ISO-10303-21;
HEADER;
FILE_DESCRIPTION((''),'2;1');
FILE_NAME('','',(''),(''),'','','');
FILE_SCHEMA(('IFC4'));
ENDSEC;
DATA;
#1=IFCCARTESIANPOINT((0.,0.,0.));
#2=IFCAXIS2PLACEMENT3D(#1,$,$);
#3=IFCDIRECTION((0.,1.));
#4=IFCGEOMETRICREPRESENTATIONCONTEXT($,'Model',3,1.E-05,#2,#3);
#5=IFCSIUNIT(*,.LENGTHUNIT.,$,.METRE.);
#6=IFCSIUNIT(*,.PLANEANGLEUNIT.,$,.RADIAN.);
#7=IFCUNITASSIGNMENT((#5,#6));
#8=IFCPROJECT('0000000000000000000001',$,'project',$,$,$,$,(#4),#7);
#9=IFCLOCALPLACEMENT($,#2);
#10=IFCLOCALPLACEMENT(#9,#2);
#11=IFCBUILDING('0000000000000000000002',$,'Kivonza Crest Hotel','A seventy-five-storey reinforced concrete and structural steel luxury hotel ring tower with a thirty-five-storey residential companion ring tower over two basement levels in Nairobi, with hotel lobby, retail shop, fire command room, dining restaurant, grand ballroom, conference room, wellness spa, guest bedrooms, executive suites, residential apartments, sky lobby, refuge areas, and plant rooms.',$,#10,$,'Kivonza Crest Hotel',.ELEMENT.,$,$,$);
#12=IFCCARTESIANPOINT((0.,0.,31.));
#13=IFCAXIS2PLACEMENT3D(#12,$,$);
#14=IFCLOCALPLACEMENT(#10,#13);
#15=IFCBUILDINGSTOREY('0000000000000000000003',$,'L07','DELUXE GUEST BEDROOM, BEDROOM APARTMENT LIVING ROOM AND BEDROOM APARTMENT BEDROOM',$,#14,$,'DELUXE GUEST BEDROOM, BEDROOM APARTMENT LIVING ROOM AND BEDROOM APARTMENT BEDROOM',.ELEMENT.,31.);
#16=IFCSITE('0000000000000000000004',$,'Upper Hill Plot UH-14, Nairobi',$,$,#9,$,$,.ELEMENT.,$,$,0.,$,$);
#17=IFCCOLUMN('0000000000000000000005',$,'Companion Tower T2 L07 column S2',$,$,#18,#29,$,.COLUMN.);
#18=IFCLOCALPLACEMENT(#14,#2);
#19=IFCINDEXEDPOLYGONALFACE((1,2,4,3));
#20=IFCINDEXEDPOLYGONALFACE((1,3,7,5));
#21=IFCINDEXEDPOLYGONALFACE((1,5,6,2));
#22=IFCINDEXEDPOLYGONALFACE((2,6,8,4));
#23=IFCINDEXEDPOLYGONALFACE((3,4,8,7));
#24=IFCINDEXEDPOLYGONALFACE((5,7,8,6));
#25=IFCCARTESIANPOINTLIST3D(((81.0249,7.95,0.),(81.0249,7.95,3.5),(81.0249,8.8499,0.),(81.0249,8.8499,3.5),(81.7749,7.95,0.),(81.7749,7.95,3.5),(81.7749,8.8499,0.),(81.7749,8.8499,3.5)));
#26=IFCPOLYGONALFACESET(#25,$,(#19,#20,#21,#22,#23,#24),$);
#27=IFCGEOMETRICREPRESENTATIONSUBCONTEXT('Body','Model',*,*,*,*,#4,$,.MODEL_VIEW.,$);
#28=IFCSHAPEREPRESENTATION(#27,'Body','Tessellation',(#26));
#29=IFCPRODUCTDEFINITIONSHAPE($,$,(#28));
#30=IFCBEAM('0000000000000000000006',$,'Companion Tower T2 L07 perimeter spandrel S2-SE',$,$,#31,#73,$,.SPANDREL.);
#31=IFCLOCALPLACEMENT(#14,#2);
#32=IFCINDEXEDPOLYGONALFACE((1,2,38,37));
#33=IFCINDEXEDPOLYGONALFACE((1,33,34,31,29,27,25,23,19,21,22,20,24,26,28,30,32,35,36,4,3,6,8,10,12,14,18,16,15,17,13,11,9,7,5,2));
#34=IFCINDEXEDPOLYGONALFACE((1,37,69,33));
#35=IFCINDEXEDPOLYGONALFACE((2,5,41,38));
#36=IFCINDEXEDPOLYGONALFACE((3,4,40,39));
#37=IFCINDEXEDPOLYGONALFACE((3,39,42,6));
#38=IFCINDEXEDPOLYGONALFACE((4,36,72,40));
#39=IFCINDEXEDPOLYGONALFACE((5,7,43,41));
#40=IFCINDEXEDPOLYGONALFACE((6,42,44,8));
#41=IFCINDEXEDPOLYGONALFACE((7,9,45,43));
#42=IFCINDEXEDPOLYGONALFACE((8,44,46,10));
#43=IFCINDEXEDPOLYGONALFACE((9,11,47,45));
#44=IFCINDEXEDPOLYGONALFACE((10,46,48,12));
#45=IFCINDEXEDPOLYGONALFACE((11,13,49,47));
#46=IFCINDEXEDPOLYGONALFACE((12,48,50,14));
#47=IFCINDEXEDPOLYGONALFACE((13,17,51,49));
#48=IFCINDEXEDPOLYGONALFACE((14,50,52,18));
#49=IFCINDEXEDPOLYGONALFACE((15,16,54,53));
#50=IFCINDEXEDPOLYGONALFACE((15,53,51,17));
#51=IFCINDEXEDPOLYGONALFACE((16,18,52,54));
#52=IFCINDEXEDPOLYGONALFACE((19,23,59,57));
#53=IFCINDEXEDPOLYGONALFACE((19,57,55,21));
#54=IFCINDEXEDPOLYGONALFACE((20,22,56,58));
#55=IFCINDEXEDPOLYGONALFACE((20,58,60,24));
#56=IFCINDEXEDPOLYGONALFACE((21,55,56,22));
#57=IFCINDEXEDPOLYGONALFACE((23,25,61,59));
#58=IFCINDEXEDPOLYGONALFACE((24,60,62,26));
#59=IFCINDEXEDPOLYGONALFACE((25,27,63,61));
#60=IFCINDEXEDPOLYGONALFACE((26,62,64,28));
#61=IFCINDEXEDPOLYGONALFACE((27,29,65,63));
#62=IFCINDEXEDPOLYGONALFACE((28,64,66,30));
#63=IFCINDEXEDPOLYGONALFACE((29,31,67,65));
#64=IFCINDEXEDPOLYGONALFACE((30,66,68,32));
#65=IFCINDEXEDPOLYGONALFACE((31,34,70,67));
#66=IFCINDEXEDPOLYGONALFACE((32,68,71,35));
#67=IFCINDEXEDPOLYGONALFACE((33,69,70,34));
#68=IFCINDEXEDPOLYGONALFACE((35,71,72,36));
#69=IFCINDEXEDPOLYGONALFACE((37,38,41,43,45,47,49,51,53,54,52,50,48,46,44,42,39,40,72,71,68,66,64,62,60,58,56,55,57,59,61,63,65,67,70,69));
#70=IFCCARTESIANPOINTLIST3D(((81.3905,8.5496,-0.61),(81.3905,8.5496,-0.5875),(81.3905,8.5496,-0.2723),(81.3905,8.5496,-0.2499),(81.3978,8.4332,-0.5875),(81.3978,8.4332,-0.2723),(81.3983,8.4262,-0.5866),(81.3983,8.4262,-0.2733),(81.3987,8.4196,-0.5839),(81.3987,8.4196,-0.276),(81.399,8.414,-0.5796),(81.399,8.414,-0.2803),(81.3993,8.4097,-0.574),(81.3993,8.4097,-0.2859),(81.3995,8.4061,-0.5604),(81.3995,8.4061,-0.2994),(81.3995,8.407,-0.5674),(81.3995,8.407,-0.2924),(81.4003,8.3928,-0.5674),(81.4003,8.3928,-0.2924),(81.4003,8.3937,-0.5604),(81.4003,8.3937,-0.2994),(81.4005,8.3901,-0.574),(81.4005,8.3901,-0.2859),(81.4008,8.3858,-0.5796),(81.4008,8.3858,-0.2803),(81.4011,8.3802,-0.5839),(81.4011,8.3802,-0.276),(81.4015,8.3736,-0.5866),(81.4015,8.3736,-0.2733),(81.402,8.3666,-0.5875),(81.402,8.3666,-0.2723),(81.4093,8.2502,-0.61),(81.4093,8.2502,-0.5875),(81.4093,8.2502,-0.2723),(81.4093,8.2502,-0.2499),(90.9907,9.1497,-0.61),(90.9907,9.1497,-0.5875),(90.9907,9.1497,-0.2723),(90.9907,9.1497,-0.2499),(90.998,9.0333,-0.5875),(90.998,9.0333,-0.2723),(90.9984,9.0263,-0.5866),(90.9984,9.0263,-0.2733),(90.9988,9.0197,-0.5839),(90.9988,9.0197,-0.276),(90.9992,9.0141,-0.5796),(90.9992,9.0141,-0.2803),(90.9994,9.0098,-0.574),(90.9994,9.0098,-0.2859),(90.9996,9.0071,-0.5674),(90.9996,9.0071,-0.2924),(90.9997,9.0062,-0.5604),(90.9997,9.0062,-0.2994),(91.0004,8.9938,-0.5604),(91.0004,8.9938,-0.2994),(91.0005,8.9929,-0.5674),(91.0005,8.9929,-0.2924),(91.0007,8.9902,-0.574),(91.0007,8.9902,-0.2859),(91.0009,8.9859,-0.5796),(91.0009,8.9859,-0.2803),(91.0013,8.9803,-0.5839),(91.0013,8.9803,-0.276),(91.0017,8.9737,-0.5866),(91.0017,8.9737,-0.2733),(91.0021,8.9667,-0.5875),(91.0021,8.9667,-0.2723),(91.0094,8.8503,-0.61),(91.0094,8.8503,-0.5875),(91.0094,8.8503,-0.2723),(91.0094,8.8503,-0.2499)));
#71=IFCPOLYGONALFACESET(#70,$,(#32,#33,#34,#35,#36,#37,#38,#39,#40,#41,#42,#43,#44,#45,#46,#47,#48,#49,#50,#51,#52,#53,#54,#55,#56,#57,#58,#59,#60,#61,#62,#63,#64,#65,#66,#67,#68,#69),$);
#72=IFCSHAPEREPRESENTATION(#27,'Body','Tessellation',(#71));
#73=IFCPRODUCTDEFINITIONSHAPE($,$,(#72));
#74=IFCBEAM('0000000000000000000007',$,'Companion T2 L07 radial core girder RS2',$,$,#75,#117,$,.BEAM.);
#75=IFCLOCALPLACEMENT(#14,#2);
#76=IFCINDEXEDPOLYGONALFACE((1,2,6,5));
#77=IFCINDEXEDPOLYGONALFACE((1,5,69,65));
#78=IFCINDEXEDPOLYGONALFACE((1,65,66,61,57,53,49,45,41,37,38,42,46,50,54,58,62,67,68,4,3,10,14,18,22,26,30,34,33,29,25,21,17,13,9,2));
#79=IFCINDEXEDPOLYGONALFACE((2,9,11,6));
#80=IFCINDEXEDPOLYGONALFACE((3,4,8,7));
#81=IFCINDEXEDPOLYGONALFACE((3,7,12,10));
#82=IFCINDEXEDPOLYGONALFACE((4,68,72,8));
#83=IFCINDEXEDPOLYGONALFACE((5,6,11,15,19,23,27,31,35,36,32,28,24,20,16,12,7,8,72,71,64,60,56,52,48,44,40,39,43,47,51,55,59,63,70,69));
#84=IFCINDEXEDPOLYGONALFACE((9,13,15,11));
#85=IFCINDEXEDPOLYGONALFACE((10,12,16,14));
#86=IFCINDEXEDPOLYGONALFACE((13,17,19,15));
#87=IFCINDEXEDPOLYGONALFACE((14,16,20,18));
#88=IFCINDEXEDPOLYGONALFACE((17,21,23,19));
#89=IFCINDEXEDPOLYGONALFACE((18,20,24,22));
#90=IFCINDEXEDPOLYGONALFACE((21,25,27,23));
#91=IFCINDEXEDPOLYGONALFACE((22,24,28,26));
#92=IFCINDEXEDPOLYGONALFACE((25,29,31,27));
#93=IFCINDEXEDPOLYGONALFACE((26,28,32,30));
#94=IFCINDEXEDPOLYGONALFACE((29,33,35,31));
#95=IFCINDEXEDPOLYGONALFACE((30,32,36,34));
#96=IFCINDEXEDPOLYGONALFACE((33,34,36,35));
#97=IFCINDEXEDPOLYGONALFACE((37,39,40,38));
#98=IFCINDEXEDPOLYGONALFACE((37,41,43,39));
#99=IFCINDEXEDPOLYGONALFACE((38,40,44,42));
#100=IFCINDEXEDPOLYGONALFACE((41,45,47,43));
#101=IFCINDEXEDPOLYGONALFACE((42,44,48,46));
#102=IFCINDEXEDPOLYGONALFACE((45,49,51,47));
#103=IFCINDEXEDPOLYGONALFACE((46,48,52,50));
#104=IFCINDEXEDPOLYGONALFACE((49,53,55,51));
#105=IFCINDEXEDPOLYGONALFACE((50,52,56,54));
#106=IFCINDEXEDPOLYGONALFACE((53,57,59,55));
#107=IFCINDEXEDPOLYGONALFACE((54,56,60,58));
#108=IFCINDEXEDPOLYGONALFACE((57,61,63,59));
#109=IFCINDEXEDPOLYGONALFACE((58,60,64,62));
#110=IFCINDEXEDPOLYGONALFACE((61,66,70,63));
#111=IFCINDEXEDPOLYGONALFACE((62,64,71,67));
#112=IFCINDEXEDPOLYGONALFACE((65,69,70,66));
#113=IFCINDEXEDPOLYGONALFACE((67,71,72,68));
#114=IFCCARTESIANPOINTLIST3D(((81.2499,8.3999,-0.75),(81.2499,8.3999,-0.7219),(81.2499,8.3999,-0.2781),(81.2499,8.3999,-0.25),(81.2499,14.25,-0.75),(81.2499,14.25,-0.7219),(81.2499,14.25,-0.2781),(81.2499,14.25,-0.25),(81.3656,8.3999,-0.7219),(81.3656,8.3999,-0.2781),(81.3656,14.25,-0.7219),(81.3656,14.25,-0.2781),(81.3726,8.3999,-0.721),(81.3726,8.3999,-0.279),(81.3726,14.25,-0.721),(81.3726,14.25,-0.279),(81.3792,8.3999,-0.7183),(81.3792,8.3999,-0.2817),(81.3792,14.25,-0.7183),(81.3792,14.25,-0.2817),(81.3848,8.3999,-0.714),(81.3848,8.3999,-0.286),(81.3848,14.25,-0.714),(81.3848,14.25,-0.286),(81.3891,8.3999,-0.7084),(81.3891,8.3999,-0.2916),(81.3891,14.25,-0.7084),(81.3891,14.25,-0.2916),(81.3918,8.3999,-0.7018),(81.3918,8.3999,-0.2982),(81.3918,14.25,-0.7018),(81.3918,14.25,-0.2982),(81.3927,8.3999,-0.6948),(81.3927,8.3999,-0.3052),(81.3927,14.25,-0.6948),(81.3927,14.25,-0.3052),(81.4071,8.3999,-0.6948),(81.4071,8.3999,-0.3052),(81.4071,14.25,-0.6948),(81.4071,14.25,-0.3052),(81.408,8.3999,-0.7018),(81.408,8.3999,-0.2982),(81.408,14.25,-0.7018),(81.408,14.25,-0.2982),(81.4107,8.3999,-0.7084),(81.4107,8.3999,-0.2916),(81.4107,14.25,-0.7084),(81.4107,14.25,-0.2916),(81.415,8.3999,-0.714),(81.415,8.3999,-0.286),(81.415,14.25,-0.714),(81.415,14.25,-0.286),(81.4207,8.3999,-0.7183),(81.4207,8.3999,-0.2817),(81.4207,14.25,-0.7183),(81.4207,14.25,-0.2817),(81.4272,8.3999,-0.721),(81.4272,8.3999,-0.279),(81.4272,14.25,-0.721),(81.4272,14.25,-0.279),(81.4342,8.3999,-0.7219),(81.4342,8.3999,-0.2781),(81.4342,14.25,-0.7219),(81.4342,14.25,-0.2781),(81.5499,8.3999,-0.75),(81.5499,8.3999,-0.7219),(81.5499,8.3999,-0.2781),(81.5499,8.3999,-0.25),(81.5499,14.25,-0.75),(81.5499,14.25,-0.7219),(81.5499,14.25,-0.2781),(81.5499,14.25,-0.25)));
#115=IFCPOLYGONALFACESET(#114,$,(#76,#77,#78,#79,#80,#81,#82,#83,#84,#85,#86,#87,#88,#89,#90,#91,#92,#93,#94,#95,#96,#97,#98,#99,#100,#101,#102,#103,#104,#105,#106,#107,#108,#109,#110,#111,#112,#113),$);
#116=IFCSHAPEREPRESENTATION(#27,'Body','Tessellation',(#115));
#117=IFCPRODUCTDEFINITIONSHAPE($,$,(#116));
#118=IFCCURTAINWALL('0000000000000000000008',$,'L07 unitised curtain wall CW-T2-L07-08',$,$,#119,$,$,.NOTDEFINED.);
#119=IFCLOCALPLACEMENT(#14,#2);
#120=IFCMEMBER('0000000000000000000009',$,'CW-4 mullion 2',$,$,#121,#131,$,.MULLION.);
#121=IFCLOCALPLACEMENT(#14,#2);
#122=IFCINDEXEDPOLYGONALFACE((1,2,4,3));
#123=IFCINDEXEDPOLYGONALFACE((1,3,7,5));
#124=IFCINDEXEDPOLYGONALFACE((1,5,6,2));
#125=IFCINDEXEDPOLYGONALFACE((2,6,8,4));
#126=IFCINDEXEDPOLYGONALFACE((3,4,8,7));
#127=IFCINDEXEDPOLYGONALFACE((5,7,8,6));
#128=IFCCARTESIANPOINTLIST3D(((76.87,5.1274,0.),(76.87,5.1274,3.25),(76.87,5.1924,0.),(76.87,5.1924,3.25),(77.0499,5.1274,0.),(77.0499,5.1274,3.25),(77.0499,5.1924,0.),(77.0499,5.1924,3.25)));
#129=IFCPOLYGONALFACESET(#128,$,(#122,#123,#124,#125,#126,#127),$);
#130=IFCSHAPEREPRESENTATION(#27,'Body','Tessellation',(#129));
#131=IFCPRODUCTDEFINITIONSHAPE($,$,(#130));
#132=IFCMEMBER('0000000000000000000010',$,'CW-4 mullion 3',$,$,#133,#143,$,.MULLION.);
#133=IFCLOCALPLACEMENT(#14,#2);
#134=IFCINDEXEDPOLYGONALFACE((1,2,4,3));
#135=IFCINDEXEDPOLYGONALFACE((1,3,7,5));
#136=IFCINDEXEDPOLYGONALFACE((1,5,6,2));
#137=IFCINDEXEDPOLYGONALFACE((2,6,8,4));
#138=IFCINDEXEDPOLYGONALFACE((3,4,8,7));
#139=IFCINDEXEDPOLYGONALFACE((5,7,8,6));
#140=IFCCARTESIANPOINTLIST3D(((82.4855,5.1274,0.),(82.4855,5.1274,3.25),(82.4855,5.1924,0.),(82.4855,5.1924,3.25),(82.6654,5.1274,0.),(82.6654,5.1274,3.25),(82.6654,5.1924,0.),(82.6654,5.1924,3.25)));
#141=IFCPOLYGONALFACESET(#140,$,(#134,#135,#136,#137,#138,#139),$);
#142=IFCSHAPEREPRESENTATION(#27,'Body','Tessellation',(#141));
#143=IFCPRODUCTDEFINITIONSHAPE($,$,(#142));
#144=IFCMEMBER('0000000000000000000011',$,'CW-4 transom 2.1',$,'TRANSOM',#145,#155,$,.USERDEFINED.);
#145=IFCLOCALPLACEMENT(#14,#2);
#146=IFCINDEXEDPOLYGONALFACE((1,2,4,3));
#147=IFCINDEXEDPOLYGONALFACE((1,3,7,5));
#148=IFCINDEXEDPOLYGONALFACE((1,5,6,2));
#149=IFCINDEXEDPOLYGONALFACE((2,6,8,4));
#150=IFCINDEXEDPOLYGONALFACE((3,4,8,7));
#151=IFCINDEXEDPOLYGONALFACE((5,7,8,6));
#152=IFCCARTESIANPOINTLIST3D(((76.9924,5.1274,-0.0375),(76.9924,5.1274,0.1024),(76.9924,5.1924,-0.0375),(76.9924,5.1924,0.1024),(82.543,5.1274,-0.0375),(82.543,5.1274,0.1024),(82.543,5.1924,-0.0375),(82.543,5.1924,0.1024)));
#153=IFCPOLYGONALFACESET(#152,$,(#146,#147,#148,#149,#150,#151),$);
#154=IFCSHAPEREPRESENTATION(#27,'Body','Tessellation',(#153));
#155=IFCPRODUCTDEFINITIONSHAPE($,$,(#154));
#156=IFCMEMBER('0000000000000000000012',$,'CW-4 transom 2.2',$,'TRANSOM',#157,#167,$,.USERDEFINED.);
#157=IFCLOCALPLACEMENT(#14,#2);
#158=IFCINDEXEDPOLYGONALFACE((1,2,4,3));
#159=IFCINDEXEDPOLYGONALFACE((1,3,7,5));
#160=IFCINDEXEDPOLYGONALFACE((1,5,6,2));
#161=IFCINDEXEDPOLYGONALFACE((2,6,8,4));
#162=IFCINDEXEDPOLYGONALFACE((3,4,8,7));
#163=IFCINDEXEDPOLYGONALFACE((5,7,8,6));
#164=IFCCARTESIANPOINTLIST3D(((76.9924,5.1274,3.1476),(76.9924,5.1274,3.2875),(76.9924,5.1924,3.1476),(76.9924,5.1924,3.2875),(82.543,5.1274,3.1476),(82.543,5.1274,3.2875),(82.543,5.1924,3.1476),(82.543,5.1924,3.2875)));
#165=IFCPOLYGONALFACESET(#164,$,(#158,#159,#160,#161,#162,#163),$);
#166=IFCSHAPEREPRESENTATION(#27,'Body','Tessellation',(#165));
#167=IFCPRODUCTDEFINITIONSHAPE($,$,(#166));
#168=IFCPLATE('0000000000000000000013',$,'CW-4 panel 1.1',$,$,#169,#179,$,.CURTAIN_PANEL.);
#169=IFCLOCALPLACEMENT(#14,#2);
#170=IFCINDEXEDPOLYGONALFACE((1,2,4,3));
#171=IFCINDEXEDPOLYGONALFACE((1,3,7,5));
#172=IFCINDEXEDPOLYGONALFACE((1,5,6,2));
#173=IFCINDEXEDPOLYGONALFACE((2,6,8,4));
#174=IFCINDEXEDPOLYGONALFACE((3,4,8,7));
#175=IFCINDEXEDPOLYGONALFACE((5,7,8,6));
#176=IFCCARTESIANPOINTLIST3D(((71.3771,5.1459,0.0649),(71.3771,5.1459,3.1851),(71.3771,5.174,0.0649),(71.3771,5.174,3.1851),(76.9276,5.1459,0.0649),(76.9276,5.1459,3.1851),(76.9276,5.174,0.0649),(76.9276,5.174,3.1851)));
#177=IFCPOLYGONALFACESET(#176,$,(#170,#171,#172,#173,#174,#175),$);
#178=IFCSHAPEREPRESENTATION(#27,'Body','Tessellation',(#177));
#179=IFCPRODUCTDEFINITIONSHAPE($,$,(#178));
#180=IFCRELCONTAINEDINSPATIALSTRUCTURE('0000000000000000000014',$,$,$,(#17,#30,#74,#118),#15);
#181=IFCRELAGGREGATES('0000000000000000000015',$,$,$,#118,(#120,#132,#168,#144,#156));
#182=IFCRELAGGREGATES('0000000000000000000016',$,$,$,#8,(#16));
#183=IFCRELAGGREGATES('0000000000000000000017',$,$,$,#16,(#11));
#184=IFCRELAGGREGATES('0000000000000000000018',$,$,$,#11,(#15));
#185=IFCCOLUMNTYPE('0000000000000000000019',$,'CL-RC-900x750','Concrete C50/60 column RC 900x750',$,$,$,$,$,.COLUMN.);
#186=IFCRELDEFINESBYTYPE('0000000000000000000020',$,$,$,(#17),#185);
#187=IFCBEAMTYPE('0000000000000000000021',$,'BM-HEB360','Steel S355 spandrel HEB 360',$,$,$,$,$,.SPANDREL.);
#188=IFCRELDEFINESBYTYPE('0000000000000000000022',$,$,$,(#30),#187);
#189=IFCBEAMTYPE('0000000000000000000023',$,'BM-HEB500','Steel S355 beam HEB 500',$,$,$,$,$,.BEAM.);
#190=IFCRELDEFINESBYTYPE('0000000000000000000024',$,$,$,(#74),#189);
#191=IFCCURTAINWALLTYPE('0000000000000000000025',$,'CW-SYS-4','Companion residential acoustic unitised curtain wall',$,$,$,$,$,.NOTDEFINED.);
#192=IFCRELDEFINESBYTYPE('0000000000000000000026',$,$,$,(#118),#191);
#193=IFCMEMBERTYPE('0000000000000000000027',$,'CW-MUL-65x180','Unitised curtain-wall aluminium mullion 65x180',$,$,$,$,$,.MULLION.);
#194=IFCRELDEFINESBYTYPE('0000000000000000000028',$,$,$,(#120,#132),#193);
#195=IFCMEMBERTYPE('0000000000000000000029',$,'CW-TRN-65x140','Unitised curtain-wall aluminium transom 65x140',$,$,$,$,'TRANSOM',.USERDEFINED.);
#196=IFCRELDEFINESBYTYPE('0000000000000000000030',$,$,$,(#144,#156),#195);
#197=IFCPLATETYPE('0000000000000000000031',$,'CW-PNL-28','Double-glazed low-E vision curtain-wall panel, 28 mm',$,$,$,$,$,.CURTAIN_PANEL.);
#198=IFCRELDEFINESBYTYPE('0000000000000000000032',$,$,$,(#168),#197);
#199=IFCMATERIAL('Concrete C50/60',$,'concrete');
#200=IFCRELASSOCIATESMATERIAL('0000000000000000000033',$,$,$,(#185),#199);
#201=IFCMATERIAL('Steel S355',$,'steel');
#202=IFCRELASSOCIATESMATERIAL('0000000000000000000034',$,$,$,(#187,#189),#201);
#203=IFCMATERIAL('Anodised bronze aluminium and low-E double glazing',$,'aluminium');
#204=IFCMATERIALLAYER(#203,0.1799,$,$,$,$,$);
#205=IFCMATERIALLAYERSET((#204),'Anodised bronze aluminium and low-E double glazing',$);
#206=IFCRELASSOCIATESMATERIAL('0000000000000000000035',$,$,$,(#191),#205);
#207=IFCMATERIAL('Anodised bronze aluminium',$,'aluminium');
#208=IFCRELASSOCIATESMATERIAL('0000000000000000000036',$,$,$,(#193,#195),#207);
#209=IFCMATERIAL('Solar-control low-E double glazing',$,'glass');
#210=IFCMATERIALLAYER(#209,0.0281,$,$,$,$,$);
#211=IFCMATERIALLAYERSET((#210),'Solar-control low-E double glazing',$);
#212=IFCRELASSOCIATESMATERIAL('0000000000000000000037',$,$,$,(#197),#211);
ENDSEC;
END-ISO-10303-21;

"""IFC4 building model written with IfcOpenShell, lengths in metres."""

from ifc_helpers import new_model, si_unit, direction, frame, origin, origin_2d, place, context, subcontext, project, spatial, rectangle, i_section, extrude, material, layer, layer_set, material_profile, profile_set, type_object, element, aggregate, save


model = new_model("IFC4")

# Units and contexts
model_context = context("Model", 3, precision=1e-05, world=origin(), true_north=direction((0.0, 1.0)))
body_context = subcontext(model_context, "Body", "Model", "MODEL_VIEW")
ifc_project = project(units=[si_unit("LENGTHUNIT", "METRE"), si_unit("PLANEANGLEUNIT", "RADIAN")], contexts=[model_context])

# Site, building, storey
site_placement = place(None, origin())
site = spatial("IfcSite", under=ifc_project, at=site_placement, Name="Upper Hill Plot UH-14, Nairobi", CompositionType="ELEMENT", RefElevation=0.0)
building_placement = place(site_placement, origin())
building = spatial("IfcBuilding", under=site, at=building_placement, Name="Kivonza Crest Hotel", Description="A seventy-five-storey reinforced concrete and structural steel luxury hotel ring tower with a thirty-five-storey residential companion ring tower over two basement levels in Nairobi, with hotel lobby, retail shop, fire command room, dining restaurant, grand ballroom, conference room, wellness spa, guest bedrooms, executive suites, residential apartments, sky lobby, refuge areas, and plant rooms.", LongName="Kivonza Crest Hotel", CompositionType="ELEMENT")
storey_placement = place(building_placement, frame((0.0, 0.0, 31.0)))
storey = spatial("IfcBuildingStorey", under=building, at=storey_placement, Name="L07", Description="DELUXE GUEST BEDROOM, BEDROOM APARTMENT LIVING ROOM AND BEDROOM APARTMENT BEDROOM", LongName="DELUXE GUEST BEDROOM, BEDROOM APARTMENT LIVING ROOM AND BEDROOM APARTMENT BEDROOM", CompositionType="ELEMENT", Elevation=31.0)

# Column
ifc_material_1 = material(Name="Concrete C50/60", Category="concrete")
ifc_material_profile_1 = material_profile(ifc_material_1, rectangle(XDim=0.75, YDim=0.8999, at=origin_2d()), Name="RC 900x750")
ifc_profile_set_1 = profile_set([ifc_material_profile_1], Name="Concrete C50/60")
column_type = type_object("IfcColumnType", Name="CL-RC-900x750", Description="Concrete C50/60 column RC 900x750", PredefinedType="COLUMN", material=ifc_profile_set_1)
column_placement = place(storey_placement, frame((81.3999, 8.3999, 0.0), z_axis=(0.0, 0.0, 1.0), x_axis=(1.0, 0.0, 0.0)))
element("IfcColumn", 1, at=column_placement, inside=storey, type_object=column_type, Name="Companion Tower T2 L07 column S2", PredefinedType="COLUMN", context=body_context, shape_type="SweptSolid", body=[
    extrude(rectangle(XDim=0.75, YDim=0.8999, at=origin_2d()), origin(), (0.0, 0.0, 1.0), 3.5),
])

# Beams
ifc_material_2 = material(Name="Steel S355", Category="steel")
ifc_material_profile_2 = material_profile(ifc_material_2, i_section(OverallWidth=0.3, OverallDepth=0.3601, WebThickness=0.0125, FlangeThickness=0.0225, FilletRadius=0.0271, at=origin_2d()), Name="HEB 360")
ifc_profile_set_2 = profile_set([ifc_material_profile_2], Name="Steel S355")
beam_type_1 = type_object("IfcBeamType", Name="BM-HEB360", Description="Steel S355 spandrel HEB 360", PredefinedType="SPANDREL", material=ifc_profile_set_2)
beam_1_placement = place(storey_placement, frame((81.3999, 8.3999, -0.4299), z_axis=(0.998052, 0.062388, 0.0), x_axis=(-0.062388, 0.998052, 0.0)))
element("IfcBeam", 2, at=beam_1_placement, inside=storey, type_object=beam_type_1, Name="Companion Tower T2 L07 perimeter spandrel S2-SE", PredefinedType="SPANDREL", context=body_context, shape_type="SweptSolid", body=[
    extrude(i_section(OverallWidth=0.3, OverallDepth=0.3601, WebThickness=0.0125, FlangeThickness=0.0225, FilletRadius=0.0271, at=origin_2d()), origin(), (0.0, 0.0, 1.0), 9.6189),
])
ifc_material_profile_3 = material_profile(ifc_material_2, i_section(OverallWidth=0.3, OverallDepth=0.5, WebThickness=0.0144, FlangeThickness=0.0281, FilletRadius=0.0271, at=origin_2d()), Name="HEB 500")
ifc_profile_set_3 = profile_set([ifc_material_profile_3], Name="Steel S355")
beam_type_2 = type_object("IfcBeamType", Name="BM-HEB500", Description="Steel S355 beam HEB 500", PredefinedType="BEAM", material=ifc_profile_set_3)
beam_2_placement = place(storey_placement, frame((81.3999, 8.3999, -0.5), z_axis=(0.0, 1.0, 0.0), x_axis=(-1.0, 0.0, 0.0)))
element("IfcBeam", 3, at=beam_2_placement, inside=storey, type_object=beam_type_2, Name="Companion T2 L07 radial core girder RS2", PredefinedType="BEAM", context=body_context, shape_type="SweptSolid", body=[
    extrude(i_section(OverallWidth=0.3, OverallDepth=0.5, WebThickness=0.0144, FlangeThickness=0.0281, FilletRadius=0.0271, at=origin_2d()), origin(), (0.0, 0.0, 1.0), 5.8501),
])

# Curtain wall, members, plate
ifc_material_3 = material(Name="Anodised bronze aluminium and low-E double glazing", Category="aluminium")
ifc_layer_1 = layer(ifc_material_3, 0.1799)
ifc_layer_set_1 = layer_set([ifc_layer_1], Name="Anodised bronze aluminium and low-E double glazing")
curtain_wall_type = type_object("IfcCurtainWallType", Name="CW-SYS-4", Description="Companion residential acoustic unitised curtain wall", PredefinedType="NOTDEFINED", material=ifc_layer_set_1)
curtain_wall_placement = place(storey_placement, origin())
curtain_wall = element("IfcCurtainWall", 4, at=curtain_wall_placement, inside=storey, type_object=curtain_wall_type, Name="L07 unitised curtain wall CW-T2-L07-08", PredefinedType="NOTDEFINED")
ifc_material_4 = material(Name="Anodised bronze aluminium", Category="aluminium")
ifc_material_profile_4 = material_profile(ifc_material_4, rectangle(XDim=0.0649, YDim=0.1799, at=origin_2d()), Name="CW-M 65x180")
ifc_profile_set_4 = profile_set([ifc_material_profile_4], Name="Anodised bronze aluminium")
member_type_1 = type_object("IfcMemberType", Name="CW-MUL-65x180", Description="Unitised curtain-wall aluminium mullion 65x180", PredefinedType="MULLION", material=ifc_profile_set_4)
member_1_placement = place(storey_placement, frame((76.96, 5.1599, 0.0), z_axis=(0.0, 0.0, 1.0), x_axis=(0.0, 1.0, 0.0)))
member_1 = element("IfcMember", 5, at=member_1_placement, type_object=member_type_1, Name="CW-4 mullion 2", PredefinedType="MULLION", context=body_context, shape_type="SweptSolid", body=[
    extrude(rectangle(XDim=0.0649, YDim=0.1799, at=origin_2d()), origin(), (0.0, 0.0, 1.0), 3.25),
])
member_2_placement = place(storey_placement, frame((82.5754, 5.1599, 0.0), z_axis=(0.0, 0.0, 1.0), x_axis=(0.0, 1.0, 0.0)))
member_2 = element("IfcMember", 6, at=member_2_placement, type_object=member_type_1, Name="CW-4 mullion 3", PredefinedType="MULLION", context=body_context, shape_type="SweptSolid", body=[
    extrude(rectangle(XDim=0.0649, YDim=0.1799, at=origin_2d()), origin(), (0.0, 0.0, 1.0), 3.25),
])
ifc_material_profile_5 = material_profile(ifc_material_4, rectangle(XDim=0.0649, YDim=0.1399, at=origin_2d()), Name="CW-T 65x140")
ifc_profile_set_5 = profile_set([ifc_material_profile_5], Name="Anodised bronze aluminium")
member_type_2 = type_object("IfcMemberType", Name="CW-TRN-65x140", Description="Unitised curtain-wall aluminium transom 65x140", ElementType="TRANSOM", PredefinedType="USERDEFINED", material=ifc_profile_set_5)
member_3_placement = place(storey_placement, frame((76.9924, 5.1599, 0.0325), z_axis=(1.0, 0.0, 0.0), x_axis=(0.0, 1.0, 0.0)))
member_3 = element("IfcMember", 7, at=member_3_placement, type_object=member_type_2, Name="CW-4 transom 2.1", ObjectType="TRANSOM", PredefinedType="USERDEFINED", context=body_context, shape_type="SweptSolid", body=[
    extrude(rectangle(XDim=0.0649, YDim=0.1399, at=origin_2d()), origin(), (0.0, 0.0, 1.0), 5.5505),
])
member_4_placement = place(storey_placement, frame((76.9924, 5.1599, 3.2175), z_axis=(1.0, 0.0, 0.0), x_axis=(0.0, 1.0, 0.0)))
member_4 = element("IfcMember", 8, at=member_4_placement, type_object=member_type_2, Name="CW-4 transom 2.2", ObjectType="TRANSOM", PredefinedType="USERDEFINED", context=body_context, shape_type="SweptSolid", body=[
    extrude(rectangle(XDim=0.0649, YDim=0.1399, at=origin_2d()), origin(), (0.0, 0.0, 1.0), 5.5505),
])
ifc_material_5 = material(Name="Solar-control low-E double glazing", Category="glass")
ifc_layer_2 = layer(ifc_material_5, 0.0281)
ifc_layer_set_2 = layer_set([ifc_layer_2], Name="Solar-control low-E double glazing")
plate_type = type_object("IfcPlateType", Name="CW-PNL-28", Description="Double-glazed low-E vision curtain-wall panel, 28 mm", PredefinedType="CURTAIN_PANEL", material=ifc_layer_set_2)
plate_1_placement = place(storey_placement, frame((74.1523, 5.1599, 0.0649), z_axis=(0.0, 0.0, 1.0), x_axis=(1.0, 0.0, 0.0)))
plate_1 = element("IfcPlate", 9, at=plate_1_placement, type_object=plate_type, Name="CW-4 panel 1.1", PredefinedType="CURTAIN_PANEL", context=body_context, shape_type="SweptSolid", body=[
    extrude(rectangle(XDim=5.5505, YDim=0.0281, at=origin_2d()), origin(), (0.0, 0.0, 1.0), 3.1201),
])
aggregate(curtain_wall, [member_1, member_2, plate_1, member_3, member_4])

save(model, "model.ifc")
